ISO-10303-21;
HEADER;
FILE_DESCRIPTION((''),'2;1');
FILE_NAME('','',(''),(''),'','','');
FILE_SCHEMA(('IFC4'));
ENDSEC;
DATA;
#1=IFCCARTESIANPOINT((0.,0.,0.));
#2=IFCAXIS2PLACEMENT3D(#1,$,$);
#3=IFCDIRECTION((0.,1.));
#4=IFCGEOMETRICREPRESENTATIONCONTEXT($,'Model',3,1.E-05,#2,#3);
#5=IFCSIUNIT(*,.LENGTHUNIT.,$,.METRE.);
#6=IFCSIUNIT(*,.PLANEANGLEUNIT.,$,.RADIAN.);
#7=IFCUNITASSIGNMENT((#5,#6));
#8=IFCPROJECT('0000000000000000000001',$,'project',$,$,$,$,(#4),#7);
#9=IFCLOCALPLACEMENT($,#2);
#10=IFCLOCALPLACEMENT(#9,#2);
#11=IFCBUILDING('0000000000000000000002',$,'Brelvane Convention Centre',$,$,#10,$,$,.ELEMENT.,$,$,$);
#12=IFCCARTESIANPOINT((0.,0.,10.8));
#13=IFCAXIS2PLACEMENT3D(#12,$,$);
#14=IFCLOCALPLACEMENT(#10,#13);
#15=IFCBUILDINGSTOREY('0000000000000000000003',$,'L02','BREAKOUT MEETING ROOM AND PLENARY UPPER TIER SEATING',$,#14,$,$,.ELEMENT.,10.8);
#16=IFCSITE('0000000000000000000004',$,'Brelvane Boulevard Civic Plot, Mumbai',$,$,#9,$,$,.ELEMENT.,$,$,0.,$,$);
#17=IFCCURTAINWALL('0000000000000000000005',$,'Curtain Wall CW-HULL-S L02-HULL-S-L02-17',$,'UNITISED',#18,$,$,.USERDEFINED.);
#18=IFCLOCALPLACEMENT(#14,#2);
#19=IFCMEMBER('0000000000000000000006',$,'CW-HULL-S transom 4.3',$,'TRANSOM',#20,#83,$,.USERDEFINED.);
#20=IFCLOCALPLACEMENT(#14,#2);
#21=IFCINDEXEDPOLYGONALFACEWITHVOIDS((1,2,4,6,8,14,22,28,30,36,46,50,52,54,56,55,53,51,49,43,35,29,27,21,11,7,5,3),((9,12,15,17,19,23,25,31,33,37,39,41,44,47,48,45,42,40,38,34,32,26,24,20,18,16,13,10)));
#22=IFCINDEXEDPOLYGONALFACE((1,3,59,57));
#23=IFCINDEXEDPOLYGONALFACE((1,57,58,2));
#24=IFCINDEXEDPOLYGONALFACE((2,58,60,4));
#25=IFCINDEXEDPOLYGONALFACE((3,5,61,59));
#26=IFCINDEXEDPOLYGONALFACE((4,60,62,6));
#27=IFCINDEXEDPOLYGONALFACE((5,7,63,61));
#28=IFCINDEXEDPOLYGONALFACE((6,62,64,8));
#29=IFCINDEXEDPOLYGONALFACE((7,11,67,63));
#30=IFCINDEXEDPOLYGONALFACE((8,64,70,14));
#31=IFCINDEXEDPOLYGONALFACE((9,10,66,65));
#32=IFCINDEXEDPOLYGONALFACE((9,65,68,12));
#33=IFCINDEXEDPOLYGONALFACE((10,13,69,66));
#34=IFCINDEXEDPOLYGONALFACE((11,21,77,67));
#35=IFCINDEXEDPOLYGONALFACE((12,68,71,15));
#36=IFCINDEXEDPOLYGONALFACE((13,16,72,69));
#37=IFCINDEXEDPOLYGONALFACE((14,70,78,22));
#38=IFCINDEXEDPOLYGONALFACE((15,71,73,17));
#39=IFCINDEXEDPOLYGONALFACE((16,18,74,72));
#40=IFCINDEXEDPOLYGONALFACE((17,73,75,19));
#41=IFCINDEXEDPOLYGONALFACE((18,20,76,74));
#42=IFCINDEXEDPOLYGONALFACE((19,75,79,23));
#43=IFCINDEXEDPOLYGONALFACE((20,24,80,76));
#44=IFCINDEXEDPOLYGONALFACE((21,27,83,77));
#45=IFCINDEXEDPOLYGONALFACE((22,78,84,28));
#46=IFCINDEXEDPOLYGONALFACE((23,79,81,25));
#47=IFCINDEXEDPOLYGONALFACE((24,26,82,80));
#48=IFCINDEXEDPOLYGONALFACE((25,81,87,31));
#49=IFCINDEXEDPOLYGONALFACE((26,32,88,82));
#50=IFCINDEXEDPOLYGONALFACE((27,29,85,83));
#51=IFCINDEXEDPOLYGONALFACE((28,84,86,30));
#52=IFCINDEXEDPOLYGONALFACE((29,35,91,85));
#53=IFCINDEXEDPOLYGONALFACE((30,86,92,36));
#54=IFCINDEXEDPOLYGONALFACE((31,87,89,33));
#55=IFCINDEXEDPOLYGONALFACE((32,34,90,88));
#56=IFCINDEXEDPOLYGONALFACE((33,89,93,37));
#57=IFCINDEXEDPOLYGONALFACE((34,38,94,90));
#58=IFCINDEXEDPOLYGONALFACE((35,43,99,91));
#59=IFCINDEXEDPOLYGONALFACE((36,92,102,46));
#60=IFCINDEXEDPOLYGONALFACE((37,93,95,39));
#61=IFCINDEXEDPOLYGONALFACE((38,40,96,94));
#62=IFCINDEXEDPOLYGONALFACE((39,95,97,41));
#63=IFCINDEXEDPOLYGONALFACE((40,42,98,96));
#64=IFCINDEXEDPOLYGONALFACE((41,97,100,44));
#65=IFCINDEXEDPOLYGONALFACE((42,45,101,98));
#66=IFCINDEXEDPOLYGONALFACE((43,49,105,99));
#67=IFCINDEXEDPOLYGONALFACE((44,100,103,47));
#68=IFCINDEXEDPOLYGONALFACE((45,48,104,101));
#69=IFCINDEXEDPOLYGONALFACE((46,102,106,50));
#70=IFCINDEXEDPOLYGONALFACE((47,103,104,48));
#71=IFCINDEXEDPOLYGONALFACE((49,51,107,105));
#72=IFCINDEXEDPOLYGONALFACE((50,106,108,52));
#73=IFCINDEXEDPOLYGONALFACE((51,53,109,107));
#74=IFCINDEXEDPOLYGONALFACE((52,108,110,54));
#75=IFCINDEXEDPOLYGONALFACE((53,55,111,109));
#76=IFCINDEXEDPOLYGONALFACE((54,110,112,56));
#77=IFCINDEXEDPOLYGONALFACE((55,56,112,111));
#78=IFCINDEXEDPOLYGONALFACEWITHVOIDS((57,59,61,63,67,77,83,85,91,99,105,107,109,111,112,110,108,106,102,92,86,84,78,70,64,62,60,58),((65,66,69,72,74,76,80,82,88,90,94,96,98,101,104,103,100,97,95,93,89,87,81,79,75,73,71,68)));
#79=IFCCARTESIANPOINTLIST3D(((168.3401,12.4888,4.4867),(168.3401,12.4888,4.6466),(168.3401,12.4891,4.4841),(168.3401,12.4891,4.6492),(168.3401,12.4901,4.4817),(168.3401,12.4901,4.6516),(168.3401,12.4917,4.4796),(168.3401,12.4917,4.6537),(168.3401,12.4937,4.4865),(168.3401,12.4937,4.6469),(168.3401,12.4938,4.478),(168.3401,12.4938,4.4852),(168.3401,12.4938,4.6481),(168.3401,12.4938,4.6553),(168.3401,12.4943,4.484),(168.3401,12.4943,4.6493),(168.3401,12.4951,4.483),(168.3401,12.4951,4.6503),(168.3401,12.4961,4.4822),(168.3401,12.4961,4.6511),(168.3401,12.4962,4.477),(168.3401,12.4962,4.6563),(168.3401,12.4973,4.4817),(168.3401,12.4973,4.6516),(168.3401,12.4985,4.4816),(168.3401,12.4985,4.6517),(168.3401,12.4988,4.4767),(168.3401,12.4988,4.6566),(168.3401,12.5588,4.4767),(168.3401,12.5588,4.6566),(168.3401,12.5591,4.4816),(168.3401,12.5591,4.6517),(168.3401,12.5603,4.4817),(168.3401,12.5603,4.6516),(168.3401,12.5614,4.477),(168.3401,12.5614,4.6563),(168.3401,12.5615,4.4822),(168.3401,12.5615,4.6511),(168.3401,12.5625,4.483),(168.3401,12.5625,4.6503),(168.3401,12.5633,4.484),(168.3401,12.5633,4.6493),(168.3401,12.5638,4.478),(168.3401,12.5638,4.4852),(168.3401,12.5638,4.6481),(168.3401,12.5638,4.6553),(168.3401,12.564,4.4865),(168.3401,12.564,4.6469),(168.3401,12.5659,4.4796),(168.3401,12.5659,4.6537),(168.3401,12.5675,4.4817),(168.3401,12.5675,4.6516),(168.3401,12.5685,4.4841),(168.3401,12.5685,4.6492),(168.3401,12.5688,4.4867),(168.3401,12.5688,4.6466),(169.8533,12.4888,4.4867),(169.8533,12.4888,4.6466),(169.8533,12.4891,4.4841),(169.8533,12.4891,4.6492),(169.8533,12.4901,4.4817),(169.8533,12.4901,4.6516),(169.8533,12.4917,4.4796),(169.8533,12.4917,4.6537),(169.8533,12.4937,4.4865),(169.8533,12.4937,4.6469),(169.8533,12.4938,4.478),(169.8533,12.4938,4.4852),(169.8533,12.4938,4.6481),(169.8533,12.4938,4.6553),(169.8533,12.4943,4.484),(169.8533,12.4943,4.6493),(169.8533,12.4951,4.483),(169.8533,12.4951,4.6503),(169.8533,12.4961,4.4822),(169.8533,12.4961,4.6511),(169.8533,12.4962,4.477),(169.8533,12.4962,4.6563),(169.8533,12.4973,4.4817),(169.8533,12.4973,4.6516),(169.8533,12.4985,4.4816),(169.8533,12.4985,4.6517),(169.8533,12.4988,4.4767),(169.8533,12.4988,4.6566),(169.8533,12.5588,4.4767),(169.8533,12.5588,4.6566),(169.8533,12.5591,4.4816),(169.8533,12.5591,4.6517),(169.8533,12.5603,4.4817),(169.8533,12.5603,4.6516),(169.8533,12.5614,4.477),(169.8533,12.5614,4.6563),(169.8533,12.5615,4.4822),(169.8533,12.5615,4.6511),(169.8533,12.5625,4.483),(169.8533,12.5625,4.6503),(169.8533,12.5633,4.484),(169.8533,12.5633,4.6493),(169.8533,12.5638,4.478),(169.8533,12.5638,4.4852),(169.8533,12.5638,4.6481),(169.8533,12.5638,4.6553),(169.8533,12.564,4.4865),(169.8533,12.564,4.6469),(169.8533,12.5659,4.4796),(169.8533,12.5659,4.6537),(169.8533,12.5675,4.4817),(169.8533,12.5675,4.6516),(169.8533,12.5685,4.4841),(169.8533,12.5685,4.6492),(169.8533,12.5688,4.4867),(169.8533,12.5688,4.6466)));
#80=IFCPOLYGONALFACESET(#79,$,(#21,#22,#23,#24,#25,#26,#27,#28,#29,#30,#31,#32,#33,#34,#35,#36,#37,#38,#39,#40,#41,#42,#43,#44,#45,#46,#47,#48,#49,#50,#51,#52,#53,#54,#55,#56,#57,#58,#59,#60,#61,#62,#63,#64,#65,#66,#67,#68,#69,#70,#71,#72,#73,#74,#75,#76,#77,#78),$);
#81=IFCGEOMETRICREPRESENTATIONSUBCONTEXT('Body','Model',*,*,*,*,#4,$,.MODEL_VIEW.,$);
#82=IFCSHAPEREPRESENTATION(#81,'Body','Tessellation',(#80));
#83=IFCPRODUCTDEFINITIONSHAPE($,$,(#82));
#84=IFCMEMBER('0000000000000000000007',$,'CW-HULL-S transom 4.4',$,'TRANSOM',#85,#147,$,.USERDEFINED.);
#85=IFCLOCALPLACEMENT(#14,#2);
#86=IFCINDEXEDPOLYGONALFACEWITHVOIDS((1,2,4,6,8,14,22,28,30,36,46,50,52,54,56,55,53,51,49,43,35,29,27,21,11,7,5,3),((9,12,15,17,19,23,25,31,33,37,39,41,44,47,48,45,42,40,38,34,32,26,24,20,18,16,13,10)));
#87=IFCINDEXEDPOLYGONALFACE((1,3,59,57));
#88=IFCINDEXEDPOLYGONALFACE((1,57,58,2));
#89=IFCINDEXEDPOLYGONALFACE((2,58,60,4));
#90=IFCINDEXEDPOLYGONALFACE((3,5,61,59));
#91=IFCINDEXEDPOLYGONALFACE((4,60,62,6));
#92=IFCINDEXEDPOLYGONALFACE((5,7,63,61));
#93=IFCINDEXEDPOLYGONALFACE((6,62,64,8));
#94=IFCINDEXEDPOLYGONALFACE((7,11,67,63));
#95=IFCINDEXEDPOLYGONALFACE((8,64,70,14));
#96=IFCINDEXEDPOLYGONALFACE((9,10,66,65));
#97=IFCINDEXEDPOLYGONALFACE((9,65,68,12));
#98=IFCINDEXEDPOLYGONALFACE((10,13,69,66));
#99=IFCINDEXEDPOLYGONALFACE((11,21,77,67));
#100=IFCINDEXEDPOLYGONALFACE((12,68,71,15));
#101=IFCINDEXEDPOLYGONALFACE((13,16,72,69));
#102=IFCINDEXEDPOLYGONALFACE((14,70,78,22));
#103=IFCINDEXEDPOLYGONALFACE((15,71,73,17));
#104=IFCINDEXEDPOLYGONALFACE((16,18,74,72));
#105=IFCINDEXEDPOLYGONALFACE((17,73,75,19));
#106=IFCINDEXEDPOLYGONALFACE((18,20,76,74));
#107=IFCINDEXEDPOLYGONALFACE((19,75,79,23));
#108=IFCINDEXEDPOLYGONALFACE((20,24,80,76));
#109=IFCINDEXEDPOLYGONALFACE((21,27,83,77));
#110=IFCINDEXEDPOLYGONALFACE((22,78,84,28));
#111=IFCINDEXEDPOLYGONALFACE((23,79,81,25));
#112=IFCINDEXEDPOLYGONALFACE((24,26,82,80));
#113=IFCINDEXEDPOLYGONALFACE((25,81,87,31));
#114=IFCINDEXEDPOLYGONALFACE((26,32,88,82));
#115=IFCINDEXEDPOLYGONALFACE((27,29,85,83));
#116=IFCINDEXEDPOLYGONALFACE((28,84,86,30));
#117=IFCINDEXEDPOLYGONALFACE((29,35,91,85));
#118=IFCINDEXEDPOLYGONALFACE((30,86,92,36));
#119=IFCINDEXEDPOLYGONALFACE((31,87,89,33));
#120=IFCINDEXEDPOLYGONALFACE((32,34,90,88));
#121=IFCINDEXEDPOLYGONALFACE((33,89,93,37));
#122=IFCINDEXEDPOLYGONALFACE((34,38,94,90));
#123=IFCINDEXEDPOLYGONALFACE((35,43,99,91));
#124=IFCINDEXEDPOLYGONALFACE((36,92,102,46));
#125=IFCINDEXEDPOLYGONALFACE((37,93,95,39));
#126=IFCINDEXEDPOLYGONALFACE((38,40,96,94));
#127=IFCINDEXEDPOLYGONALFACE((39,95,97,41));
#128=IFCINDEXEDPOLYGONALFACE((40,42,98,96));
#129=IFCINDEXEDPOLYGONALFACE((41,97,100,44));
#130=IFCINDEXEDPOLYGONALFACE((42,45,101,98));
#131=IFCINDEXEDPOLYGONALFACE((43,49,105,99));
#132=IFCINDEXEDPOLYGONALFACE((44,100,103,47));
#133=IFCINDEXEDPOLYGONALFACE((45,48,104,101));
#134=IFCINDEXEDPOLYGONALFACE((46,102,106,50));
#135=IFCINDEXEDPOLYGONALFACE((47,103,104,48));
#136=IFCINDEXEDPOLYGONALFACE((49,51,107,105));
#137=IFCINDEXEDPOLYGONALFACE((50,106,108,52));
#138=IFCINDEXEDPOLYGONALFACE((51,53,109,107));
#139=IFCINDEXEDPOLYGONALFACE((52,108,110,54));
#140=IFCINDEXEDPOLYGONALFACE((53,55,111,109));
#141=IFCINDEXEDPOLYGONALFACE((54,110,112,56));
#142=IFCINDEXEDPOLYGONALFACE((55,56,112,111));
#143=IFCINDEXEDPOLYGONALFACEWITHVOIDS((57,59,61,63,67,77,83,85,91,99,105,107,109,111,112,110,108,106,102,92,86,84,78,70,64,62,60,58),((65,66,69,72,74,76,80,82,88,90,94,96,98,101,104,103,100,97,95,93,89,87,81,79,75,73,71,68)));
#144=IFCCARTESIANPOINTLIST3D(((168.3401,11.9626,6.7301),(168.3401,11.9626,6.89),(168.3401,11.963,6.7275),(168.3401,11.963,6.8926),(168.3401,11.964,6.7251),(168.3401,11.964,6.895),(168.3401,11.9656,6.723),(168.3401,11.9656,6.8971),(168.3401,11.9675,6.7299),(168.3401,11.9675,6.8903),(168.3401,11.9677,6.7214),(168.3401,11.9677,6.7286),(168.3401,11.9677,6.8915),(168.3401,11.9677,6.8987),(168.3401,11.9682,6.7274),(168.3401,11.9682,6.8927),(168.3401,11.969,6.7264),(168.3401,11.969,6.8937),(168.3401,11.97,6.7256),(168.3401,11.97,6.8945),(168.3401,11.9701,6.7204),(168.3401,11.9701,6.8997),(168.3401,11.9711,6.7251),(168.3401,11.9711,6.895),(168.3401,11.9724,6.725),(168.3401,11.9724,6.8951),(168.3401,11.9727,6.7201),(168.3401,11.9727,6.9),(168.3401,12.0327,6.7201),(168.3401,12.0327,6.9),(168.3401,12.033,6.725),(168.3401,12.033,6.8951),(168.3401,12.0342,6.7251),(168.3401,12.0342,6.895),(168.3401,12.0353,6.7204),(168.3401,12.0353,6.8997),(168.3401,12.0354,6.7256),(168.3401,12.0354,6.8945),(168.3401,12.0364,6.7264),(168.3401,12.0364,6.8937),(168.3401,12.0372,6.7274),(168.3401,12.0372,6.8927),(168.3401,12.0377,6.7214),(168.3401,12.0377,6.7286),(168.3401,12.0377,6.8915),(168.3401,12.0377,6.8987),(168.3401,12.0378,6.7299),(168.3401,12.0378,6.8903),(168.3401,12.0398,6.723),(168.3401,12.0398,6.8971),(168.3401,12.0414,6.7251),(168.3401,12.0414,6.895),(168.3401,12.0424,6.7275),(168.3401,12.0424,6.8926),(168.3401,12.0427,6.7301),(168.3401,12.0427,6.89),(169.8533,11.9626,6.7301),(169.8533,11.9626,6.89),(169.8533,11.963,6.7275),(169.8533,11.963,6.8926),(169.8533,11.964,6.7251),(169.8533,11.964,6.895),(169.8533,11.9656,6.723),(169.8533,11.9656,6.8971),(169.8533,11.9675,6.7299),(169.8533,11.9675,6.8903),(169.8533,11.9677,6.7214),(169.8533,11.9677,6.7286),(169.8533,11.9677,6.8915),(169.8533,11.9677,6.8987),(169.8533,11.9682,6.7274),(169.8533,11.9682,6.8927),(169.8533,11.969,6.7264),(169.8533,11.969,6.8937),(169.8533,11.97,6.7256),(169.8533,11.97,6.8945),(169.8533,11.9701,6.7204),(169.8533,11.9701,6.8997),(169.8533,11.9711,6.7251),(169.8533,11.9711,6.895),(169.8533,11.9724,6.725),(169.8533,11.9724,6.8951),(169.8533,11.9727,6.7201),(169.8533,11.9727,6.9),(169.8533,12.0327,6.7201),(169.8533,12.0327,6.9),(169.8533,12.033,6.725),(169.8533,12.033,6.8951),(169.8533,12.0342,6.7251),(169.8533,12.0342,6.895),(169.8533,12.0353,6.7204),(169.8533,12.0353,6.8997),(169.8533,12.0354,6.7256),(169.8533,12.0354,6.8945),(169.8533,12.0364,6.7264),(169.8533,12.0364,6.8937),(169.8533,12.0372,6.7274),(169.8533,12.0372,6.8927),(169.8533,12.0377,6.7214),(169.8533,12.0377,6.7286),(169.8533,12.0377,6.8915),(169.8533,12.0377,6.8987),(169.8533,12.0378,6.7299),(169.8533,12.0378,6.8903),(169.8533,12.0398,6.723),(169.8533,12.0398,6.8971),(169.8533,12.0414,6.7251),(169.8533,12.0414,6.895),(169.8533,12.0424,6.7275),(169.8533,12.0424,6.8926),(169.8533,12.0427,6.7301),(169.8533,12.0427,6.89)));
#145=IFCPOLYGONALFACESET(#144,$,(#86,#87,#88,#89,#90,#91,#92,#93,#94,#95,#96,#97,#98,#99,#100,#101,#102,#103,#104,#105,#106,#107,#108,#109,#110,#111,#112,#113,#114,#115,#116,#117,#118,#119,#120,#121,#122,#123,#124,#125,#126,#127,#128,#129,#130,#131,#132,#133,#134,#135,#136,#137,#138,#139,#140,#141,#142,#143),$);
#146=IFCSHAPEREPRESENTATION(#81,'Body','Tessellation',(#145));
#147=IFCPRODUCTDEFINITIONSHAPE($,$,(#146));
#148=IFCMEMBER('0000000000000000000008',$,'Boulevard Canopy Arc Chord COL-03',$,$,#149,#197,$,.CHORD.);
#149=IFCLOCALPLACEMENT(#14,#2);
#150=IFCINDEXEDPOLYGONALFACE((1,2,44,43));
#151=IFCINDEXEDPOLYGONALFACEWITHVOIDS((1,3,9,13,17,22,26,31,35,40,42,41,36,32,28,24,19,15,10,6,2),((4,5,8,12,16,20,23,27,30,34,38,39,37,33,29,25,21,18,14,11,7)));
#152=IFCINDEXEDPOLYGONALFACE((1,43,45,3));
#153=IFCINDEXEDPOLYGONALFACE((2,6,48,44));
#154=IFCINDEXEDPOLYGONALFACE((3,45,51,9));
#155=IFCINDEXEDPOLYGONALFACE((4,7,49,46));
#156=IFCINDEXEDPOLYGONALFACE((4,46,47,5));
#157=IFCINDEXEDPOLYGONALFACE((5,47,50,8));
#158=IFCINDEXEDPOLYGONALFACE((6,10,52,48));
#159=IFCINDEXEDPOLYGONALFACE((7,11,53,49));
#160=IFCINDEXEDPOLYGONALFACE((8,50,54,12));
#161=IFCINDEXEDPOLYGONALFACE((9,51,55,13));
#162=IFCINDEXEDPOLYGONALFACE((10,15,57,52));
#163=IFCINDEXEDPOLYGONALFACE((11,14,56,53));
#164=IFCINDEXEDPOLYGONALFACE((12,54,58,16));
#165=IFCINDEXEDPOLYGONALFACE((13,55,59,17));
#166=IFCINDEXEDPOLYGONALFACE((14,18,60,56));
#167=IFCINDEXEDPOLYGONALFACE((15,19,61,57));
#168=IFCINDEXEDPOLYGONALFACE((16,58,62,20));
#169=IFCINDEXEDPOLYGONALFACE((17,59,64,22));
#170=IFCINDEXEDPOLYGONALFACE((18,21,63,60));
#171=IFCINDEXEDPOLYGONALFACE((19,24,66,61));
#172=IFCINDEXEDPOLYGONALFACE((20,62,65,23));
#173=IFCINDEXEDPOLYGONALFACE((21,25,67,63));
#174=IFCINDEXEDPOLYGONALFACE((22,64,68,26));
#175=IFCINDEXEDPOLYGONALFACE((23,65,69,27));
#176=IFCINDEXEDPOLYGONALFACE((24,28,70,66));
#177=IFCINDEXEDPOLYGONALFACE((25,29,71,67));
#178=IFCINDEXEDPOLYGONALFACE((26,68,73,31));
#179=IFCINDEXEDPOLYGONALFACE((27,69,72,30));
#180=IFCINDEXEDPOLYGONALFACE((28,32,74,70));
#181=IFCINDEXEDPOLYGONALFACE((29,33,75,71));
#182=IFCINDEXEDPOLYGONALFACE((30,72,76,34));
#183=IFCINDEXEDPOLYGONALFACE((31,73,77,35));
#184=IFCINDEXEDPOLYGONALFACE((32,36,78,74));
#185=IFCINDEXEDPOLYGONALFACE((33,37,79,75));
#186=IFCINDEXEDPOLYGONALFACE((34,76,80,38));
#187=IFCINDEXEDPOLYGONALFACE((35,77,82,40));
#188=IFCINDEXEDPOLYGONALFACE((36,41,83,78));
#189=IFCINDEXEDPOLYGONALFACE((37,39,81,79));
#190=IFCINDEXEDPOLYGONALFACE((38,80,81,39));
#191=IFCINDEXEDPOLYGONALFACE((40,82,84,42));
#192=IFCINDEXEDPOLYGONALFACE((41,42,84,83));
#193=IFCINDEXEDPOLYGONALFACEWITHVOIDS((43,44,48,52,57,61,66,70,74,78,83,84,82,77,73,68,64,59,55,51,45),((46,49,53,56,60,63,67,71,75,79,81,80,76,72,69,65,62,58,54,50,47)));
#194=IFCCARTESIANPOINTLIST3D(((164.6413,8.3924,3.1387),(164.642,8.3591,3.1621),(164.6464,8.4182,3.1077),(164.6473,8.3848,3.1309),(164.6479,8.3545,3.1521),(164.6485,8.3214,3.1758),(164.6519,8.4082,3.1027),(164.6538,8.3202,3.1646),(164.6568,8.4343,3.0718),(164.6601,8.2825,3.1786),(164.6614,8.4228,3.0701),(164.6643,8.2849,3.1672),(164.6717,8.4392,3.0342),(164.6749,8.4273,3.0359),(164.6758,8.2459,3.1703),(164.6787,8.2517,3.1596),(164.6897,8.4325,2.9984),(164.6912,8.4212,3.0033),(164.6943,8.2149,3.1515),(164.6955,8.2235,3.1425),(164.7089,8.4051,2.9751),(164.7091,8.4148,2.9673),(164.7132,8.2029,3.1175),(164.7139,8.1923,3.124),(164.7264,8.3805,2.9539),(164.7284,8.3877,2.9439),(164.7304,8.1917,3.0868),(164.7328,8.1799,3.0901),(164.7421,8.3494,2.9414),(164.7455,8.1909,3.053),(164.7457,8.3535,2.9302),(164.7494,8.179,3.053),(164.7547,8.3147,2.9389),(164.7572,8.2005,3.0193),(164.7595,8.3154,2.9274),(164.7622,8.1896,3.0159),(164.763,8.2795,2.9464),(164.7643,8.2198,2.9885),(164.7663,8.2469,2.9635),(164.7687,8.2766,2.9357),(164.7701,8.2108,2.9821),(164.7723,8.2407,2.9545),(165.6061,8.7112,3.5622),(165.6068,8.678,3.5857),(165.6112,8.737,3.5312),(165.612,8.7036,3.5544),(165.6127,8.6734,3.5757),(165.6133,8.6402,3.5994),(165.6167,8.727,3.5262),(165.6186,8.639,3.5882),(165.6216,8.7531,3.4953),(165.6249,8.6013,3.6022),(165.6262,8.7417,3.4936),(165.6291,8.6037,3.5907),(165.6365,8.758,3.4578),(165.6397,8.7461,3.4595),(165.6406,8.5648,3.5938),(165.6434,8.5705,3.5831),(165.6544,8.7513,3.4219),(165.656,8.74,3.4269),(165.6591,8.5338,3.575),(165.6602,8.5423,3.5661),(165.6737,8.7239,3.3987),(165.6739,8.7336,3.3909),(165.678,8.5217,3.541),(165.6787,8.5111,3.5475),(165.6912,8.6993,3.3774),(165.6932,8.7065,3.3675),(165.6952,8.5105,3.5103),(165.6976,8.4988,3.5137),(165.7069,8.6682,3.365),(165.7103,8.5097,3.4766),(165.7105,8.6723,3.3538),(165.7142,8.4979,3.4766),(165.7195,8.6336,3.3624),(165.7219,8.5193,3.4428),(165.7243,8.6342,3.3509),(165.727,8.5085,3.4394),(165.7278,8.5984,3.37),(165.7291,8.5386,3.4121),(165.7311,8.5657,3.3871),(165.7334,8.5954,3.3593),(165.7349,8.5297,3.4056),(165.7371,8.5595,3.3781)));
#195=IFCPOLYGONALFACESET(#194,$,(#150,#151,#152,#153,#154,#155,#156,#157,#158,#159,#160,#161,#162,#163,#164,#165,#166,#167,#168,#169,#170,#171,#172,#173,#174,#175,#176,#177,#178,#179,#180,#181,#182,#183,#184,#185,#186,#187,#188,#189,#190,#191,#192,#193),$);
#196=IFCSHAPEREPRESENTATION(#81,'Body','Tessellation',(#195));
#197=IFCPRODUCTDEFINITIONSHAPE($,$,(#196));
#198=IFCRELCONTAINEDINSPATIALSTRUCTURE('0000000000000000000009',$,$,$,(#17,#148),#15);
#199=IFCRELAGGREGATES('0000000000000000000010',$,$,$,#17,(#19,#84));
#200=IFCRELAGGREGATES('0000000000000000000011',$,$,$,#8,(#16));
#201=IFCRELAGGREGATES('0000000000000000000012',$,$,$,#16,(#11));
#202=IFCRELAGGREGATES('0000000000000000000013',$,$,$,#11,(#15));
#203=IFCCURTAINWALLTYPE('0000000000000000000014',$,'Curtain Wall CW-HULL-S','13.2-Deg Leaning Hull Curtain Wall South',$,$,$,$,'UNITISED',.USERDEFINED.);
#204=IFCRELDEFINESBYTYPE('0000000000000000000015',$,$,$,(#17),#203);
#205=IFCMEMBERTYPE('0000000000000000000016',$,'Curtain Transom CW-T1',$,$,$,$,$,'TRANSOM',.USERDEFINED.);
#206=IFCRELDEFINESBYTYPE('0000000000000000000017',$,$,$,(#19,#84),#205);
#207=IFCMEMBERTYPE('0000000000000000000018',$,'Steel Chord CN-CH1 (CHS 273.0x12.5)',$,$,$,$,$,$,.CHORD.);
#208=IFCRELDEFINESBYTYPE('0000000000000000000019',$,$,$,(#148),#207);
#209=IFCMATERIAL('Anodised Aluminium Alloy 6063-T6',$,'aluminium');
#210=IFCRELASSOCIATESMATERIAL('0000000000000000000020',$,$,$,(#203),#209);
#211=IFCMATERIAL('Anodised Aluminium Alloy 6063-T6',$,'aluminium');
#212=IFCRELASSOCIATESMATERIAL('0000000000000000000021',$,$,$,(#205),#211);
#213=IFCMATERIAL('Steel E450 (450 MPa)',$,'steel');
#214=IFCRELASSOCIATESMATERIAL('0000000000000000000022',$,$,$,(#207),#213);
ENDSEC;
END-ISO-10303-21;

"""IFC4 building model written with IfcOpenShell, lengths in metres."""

from ifc_helpers import new_model, si_unit, direction, frame, origin, origin_2d, place, context, subcontext, project, spatial, hollow_rectangle, hollow_circle, extrude, material, material_profile, profile_set, type_object, element, aggregate, save


model = new_model("IFC4")

# Units and contexts
model_context = context("Model", 3, precision=1e-05, world=origin(), true_north=direction((0.0, 1.0)))
body_context = subcontext(model_context, "Body", "Model", "MODEL_VIEW")
ifc_project = project(units=[si_unit("LENGTHUNIT", "METRE"), si_unit("PLANEANGLEUNIT", "RADIAN")], contexts=[model_context])

# Site, building, storey
site_placement = place(None, origin())
site = spatial("IfcSite", under=ifc_project, at=site_placement, Name="Brelvane Boulevard Civic Plot, Mumbai", CompositionType="ELEMENT", RefElevation=0.0)
building_placement = place(site_placement, origin())
building = spatial("IfcBuilding", under=site, at=building_placement, Name="Brelvane Convention Centre", CompositionType="ELEMENT")
storey_placement = place(building_placement, frame((0.0, 0.0, 10.8)))
storey = spatial("IfcBuildingStorey", under=building, at=storey_placement, Name="L02", Description="BREAKOUT MEETING ROOM AND PLENARY UPPER TIER SEATING", CompositionType="ELEMENT", Elevation=10.8)

# Curtain wall, members
ifc_material_1 = material(Name="Anodised Aluminium Alloy 6063-T6", Category="aluminium")
curtain_wall_type = type_object("IfcCurtainWallType", Name="Curtain Wall CW-HULL-S", Description="13.2-Deg Leaning Hull Curtain Wall South", ElementType="UNITISED", PredefinedType="USERDEFINED", material=ifc_material_1)
ifc_material_2 = material(Name="Anodised Aluminium Alloy 6063-T6", Category="aluminium")
ifc_material_profile_1 = material_profile(ifc_material_2, hollow_rectangle(XDim=0.0801, YDim=0.1799, WallThickness=0.0049, InnerFilletRadius=0.0049, OuterFilletRadius=0.01, at=origin_2d()), Name="ALU-T 180x80x5.0")
ifc_profile_set_1 = profile_set([ifc_material_profile_1], Name="Anodised Aluminium Alloy 6063-T6")
member_type_1 = type_object("IfcMemberType", Name="Curtain Transom CW-T1", ElementType="TRANSOM", PredefinedType="USERDEFINED", material=ifc_profile_set_1)
curtain_wall_1_placement = place(storey_placement, origin())
curtain_wall_1 = element("IfcCurtainWall", 1, at=curtain_wall_1_placement, inside=storey, type_object=curtain_wall_type, Name="Curtain Wall CW-HULL-S L02-HULL-S-L02-17", ObjectType="UNITISED", PredefinedType="USERDEFINED")
member_1_placement = place(storey_placement, frame((168.3401, 12.5288, 4.5667), z_axis=(1.0, 0.0, 0.0), x_axis=(0.0, 1.0, 0.0)))
member_1 = element("IfcMember", 2, at=member_1_placement, type_object=member_type_1, Name="CW-HULL-S transom 4.3", ObjectType="TRANSOM", PredefinedType="USERDEFINED", context=body_context, shape_type="SweptSolid", body=[
    extrude(hollow_rectangle(XDim=0.0801, YDim=0.1799, WallThickness=0.0049, InnerFilletRadius=0.0049, OuterFilletRadius=0.01, at=origin_2d()), origin(), (0.0, 0.0, 1.0), 1.5132),
])
member_2_placement = place(storey_placement, frame((168.3401, 12.0027, 6.8101), z_axis=(1.0, 0.0, 0.0), x_axis=(0.0, 1.0, 0.0)))
member_2 = element("IfcMember", 3, at=member_2_placement, type_object=member_type_1, Name="CW-HULL-S transom 4.4", ObjectType="TRANSOM", PredefinedType="USERDEFINED", context=body_context, shape_type="SweptSolid", body=[
    extrude(hollow_rectangle(XDim=0.0801, YDim=0.1799, WallThickness=0.0049, InnerFilletRadius=0.0049, OuterFilletRadius=0.01, at=origin_2d()), origin(), (0.0, 0.0, 1.0), 1.5132),
])

# Member
ifc_material_3 = material(Name="Steel E450 (450 MPa)", Category="steel")
ifc_material_profile_2 = material_profile(ifc_material_3, hollow_circle(Radius=0.1365, WallThickness=0.0125, at=origin_2d()), Name="CHS 273.0x12.5")
ifc_profile_set_2 = profile_set([ifc_material_profile_2], Name="Steel E450 (450 MPa)")
member_type_2 = type_object("IfcMemberType", Name="Steel Chord CN-CH1 (CHS 273.0x12.5)", PredefinedType="CHORD", material=ifc_profile_set_2)
member_3_placement = place(storey_placement, frame((165.6714, 8.6274, 3.4766), z_axis=(-0.876403, -0.289621, -0.384757), x_axis=(0.313776, -0.949497, 0.0)))
element("IfcMember", 4, at=member_3_placement, inside=storey, type_object=member_type_2, Name="Boulevard Canopy Arc Chord COL-03", PredefinedType="CHORD", context=body_context, shape_type="SweptSolid", body=[
    extrude(hollow_circle(Radius=0.1365, WallThickness=0.0125, at=origin_2d()), origin(), (0.0, 0.0, 1.0), 1.1008),
])

aggregate(curtain_wall_1, [member_1, member_2])

save(model, "model.ifc")
